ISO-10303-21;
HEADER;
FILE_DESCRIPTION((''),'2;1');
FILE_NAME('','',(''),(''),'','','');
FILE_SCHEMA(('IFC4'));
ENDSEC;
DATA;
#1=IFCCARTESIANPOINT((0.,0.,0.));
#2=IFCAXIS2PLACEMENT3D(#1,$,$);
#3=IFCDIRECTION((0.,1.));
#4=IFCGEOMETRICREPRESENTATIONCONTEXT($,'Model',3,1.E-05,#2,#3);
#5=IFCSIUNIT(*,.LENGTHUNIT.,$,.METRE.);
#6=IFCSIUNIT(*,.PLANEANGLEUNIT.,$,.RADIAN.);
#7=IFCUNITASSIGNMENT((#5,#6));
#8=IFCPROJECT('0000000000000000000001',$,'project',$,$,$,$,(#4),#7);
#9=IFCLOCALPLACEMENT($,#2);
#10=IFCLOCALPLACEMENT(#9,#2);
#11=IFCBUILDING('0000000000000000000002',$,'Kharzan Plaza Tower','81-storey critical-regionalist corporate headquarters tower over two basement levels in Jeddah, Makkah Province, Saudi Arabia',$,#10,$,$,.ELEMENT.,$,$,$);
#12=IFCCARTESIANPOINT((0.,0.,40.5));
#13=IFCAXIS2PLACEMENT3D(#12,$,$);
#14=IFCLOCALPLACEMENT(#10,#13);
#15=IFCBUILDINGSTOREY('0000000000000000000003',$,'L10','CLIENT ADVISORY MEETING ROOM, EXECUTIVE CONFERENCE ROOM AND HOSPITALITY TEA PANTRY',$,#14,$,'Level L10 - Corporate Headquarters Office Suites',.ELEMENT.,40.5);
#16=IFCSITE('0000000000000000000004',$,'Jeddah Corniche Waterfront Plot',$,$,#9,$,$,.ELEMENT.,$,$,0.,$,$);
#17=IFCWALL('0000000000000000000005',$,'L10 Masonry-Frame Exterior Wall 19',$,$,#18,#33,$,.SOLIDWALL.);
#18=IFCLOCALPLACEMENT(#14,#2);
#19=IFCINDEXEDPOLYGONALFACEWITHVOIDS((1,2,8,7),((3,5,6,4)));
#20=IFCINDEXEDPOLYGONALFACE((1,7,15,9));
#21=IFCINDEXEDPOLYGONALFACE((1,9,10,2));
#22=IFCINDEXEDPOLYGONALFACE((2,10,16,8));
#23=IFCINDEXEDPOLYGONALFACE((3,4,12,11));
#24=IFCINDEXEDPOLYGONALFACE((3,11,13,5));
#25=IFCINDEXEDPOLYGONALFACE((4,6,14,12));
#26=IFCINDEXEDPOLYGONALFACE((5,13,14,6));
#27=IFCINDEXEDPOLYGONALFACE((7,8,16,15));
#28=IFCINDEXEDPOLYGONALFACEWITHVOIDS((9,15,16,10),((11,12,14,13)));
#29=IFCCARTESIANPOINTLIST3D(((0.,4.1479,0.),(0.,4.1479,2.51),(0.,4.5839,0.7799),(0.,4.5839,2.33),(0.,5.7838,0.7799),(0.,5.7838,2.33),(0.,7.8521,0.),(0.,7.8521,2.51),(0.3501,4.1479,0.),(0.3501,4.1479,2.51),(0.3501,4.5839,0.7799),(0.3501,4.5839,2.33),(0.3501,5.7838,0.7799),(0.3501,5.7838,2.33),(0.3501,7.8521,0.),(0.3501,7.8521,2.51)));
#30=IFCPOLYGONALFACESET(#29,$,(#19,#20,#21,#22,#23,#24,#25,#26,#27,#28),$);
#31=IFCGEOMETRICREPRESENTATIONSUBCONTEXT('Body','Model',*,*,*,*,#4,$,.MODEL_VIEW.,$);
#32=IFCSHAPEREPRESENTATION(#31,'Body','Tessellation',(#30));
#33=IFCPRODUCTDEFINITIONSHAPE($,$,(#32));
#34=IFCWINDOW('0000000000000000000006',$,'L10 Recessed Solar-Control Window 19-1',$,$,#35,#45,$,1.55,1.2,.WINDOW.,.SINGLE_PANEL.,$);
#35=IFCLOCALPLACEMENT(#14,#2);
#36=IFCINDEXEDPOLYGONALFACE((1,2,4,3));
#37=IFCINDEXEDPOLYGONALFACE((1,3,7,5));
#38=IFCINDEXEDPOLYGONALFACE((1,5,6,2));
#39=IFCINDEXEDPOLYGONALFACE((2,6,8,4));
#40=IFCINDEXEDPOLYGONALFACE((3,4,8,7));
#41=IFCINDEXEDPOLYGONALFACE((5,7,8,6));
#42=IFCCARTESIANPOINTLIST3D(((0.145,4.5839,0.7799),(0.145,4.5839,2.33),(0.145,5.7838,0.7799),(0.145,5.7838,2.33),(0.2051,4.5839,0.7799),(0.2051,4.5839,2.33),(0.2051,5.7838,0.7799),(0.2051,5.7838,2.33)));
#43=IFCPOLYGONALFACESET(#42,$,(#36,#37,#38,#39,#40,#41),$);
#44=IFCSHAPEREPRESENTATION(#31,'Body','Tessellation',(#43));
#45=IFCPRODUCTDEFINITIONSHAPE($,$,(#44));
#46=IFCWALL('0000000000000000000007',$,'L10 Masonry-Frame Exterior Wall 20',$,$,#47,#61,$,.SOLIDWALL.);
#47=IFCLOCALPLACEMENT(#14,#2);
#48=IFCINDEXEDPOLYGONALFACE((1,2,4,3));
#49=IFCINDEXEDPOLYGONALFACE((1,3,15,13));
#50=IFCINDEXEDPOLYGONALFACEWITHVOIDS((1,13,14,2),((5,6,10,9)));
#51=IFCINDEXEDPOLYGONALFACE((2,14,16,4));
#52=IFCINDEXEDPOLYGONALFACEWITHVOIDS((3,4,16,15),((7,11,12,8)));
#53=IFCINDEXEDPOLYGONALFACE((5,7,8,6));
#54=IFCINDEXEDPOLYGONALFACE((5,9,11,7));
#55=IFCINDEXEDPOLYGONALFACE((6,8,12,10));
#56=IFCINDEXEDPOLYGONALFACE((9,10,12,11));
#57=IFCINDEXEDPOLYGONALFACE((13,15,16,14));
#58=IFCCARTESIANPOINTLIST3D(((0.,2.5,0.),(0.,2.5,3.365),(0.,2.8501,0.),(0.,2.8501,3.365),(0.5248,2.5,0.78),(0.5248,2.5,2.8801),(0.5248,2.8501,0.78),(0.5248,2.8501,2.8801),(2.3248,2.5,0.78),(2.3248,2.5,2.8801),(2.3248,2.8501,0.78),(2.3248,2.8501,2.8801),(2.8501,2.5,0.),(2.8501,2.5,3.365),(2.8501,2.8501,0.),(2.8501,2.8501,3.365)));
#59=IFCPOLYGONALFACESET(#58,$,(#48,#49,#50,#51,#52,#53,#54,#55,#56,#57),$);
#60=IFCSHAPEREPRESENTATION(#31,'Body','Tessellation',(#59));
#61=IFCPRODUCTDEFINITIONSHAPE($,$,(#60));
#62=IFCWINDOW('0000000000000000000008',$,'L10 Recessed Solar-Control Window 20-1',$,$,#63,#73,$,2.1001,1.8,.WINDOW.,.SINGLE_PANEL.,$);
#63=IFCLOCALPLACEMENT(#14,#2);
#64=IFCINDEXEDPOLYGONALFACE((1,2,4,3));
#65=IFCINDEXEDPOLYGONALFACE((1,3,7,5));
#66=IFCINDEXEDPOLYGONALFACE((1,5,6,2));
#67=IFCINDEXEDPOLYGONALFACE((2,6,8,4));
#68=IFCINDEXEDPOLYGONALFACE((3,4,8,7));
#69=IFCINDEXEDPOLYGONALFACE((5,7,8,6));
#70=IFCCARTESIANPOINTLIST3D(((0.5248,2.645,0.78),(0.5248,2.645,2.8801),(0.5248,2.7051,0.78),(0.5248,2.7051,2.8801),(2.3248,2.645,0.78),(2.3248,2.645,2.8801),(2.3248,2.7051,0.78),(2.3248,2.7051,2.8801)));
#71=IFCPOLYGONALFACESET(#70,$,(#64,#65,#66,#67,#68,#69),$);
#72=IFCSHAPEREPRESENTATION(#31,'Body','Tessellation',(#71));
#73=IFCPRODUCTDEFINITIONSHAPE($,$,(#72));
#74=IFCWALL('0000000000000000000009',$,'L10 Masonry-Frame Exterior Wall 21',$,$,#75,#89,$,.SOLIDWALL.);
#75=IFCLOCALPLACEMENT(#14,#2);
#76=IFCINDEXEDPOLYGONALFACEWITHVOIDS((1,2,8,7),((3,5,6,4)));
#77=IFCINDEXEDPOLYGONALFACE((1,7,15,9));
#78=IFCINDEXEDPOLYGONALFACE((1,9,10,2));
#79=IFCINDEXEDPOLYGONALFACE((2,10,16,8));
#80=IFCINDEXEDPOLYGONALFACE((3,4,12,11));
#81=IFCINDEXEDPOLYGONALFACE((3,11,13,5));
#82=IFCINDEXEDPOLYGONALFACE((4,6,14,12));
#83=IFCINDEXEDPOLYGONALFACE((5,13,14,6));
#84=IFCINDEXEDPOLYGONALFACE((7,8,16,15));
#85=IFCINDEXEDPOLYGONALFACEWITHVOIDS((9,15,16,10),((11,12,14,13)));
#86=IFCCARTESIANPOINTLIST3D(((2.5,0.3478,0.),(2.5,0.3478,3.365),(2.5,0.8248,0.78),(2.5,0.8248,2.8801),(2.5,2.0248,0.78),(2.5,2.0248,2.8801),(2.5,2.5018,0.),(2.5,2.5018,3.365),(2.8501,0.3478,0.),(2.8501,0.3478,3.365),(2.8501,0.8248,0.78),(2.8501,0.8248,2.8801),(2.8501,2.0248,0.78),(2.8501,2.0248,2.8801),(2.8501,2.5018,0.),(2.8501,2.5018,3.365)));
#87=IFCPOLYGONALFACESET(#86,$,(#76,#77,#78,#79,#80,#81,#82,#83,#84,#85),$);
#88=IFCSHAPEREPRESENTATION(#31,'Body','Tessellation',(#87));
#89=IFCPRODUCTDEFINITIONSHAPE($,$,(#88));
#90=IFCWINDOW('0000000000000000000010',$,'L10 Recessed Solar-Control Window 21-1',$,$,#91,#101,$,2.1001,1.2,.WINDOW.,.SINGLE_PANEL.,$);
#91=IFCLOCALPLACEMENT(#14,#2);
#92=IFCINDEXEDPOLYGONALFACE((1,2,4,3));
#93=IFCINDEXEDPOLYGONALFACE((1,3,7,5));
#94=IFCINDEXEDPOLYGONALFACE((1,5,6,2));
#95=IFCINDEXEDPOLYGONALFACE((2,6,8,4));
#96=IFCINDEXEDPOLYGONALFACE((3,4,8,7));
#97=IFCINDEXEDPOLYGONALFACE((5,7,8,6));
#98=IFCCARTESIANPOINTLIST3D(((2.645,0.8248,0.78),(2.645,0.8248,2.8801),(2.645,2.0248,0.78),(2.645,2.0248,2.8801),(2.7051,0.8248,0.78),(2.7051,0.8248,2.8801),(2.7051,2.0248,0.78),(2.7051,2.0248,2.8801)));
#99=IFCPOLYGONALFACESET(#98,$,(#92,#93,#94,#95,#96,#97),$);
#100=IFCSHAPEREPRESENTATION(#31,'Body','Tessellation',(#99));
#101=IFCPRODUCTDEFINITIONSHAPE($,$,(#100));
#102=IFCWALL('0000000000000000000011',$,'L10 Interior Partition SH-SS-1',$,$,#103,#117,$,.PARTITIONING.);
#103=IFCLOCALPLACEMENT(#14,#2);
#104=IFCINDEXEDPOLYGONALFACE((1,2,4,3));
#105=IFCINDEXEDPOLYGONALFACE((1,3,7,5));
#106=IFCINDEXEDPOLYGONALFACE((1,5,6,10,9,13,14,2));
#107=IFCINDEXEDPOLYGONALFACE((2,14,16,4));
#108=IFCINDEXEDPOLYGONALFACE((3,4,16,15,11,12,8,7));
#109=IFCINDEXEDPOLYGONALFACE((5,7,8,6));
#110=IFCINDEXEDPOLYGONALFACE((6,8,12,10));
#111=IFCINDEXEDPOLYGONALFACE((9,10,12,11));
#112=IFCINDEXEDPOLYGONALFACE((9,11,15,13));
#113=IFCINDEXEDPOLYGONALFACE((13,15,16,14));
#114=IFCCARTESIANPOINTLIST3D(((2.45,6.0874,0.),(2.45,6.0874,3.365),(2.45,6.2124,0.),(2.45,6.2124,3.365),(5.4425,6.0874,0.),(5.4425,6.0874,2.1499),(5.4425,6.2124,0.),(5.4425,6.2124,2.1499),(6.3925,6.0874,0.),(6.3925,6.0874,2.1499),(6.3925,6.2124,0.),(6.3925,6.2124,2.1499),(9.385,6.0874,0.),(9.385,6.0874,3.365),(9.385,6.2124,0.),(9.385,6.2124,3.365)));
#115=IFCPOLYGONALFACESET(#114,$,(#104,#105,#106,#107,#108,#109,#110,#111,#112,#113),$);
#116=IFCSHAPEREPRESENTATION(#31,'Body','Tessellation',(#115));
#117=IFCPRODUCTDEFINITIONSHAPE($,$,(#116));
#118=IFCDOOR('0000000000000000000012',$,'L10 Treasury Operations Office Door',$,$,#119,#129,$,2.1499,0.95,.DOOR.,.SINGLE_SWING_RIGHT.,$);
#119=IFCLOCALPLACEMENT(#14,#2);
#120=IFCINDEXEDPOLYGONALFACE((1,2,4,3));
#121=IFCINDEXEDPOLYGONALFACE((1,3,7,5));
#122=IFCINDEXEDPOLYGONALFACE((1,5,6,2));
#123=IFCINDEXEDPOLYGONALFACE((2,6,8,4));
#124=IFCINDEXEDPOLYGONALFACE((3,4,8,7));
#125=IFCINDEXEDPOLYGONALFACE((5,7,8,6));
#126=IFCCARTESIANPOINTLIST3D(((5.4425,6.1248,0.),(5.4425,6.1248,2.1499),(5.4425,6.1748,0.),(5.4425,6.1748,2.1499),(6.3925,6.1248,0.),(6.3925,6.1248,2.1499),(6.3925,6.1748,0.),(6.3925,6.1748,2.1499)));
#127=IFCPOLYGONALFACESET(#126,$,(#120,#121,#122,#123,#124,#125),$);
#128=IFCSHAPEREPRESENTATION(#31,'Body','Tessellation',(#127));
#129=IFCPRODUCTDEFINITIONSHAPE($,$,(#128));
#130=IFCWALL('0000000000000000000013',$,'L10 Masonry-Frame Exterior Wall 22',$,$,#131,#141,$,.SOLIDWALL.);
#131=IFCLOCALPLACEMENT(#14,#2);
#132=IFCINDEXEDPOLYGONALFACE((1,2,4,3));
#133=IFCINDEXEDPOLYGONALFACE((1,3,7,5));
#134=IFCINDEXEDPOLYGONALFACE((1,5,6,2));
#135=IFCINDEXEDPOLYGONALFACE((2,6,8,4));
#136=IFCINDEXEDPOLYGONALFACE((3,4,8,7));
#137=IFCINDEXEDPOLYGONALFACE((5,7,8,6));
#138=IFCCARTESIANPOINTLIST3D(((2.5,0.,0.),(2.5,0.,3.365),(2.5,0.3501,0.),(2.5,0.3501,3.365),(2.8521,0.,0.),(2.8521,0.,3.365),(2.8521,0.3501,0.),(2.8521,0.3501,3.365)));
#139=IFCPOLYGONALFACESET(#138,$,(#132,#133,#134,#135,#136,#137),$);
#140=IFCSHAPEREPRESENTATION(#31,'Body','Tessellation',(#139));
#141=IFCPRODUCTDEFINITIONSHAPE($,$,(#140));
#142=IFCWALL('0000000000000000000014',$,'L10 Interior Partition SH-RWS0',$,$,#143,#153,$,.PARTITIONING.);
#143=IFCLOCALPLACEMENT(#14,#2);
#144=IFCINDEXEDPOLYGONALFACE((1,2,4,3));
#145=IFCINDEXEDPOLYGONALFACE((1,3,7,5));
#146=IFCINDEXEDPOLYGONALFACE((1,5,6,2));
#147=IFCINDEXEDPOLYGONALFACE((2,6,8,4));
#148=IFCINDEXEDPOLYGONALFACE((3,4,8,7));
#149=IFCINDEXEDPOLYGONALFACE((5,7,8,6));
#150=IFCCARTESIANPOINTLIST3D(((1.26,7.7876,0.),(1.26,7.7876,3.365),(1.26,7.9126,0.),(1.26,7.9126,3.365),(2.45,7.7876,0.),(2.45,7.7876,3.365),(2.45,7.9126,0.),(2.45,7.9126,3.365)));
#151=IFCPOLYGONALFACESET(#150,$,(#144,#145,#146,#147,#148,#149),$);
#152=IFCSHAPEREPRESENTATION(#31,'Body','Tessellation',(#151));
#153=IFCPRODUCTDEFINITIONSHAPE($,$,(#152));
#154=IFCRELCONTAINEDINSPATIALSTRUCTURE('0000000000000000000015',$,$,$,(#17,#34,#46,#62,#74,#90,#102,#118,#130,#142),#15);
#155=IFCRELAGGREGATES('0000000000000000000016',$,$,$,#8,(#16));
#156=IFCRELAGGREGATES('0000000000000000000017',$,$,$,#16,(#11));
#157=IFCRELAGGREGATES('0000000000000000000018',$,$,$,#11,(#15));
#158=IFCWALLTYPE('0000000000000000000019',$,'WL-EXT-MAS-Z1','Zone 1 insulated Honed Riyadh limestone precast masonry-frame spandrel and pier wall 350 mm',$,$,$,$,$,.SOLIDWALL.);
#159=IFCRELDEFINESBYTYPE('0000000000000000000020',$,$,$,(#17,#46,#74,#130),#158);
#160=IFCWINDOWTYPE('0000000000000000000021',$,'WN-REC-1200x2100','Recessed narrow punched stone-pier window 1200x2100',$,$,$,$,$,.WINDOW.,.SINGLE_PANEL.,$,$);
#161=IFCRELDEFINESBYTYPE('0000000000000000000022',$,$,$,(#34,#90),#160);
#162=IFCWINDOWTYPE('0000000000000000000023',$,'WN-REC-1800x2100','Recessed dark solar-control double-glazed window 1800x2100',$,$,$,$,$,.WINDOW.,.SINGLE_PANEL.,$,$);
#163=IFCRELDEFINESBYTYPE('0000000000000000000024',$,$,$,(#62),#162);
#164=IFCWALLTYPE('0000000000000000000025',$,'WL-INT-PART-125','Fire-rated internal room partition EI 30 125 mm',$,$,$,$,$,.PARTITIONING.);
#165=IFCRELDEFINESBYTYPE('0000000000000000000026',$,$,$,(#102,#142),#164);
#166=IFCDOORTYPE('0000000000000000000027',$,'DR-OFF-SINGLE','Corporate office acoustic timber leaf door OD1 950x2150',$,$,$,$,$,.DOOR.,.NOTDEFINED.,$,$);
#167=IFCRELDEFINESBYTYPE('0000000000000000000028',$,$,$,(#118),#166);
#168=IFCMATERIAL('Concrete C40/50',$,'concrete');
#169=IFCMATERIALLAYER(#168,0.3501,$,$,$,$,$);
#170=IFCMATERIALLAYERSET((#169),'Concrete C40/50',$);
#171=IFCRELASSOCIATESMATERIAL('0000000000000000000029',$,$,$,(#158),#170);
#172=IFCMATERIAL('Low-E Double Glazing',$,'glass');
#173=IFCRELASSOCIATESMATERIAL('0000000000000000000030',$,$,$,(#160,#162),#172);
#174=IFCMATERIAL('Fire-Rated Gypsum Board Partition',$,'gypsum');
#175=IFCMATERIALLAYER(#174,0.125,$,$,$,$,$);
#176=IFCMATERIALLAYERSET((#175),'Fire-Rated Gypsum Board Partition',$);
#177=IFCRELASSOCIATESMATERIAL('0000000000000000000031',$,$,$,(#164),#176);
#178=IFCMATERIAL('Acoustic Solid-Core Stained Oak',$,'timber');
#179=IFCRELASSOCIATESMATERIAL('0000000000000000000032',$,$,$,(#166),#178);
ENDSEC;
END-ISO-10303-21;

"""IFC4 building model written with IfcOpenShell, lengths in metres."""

from ifc_helpers import new_model, si_unit, direction, frame, frame_2d, origin, place, context, subcontext, project, spatial, rectangle, extrude, source, transform, mapped, material, layer, layer_set, type_object, element, fill, save


model = new_model("IFC4")

# Units and contexts
model_context = context("Model", 3, precision=1e-05, world=origin(), true_north=direction((0.0, 1.0)))
body_context = subcontext(model_context, "Body", "Model", "MODEL_VIEW")
ifc_project = project(units=[si_unit("LENGTHUNIT", "METRE"), si_unit("PLANEANGLEUNIT", "RADIAN")], contexts=[model_context])

# Site, building, storey
site_placement = place(None, origin())
site = spatial("IfcSite", under=ifc_project, at=site_placement, Name="Jeddah Corniche Waterfront Plot", CompositionType="ELEMENT", RefElevation=0.0)
building_placement = place(site_placement, origin())
building = spatial("IfcBuilding", under=site, at=building_placement, Name="Kharzan Plaza Tower", Description="81-storey critical-regionalist corporate headquarters tower over two basement levels in Jeddah, Makkah Province, Saudi Arabia", CompositionType="ELEMENT")
storey_placement = place(building_placement, frame((0.0, 0.0, 40.5)))
storey = spatial("IfcBuildingStorey", under=building, at=storey_placement, Name="L10", Description="CLIENT ADVISORY MEETING ROOM, EXECUTIVE CONFERENCE ROOM AND HOSPITALITY TEA PANTRY", LongName="Level L10 - Corporate Headquarters Office Suites", CompositionType="ELEMENT", Elevation=40.5)

# Shared definitions
ifc_material_1 = material(Name="Concrete C40/50", Category="concrete")

# Walls, openings, windows
ifc_layer_1 = layer(ifc_material_1, 0.3501)
ifc_layer_set_1 = layer_set([ifc_layer_1], Name="Concrete C40/50")
wall_type_1 = type_object("IfcWallType", Name="WL-EXT-MAS-Z1", Description="Zone 1 insulated Honed Riyadh limestone precast masonry-frame spandrel and pier wall 350 mm", PredefinedType="SOLIDWALL", material=ifc_layer_set_1)
wall_1_placement = place(storey_placement, frame((0.175, 7.8521, 0.0), z_axis=(0.0, 0.0, 1.0), x_axis=(0.0, -1.0, 0.0)))
wall_1 = element("IfcWall", 1, at=wall_1_placement, inside=storey, type_object=wall_type_1, Name="L10 Masonry-Frame Exterior Wall 19", PredefinedType="SOLIDWALL", context=body_context, shape_type="SweptSolid", body=[
    extrude(rectangle(XDim=3.7041, YDim=0.3501, at=frame_2d((1.8521, 0.0))), origin(), (0.0, 0.0, 1.0), 2.51),
])
opening_1_placement = place(wall_1_placement, frame((2.0681, 0.0, 0.78)))
opening_1 = element("IfcOpeningElement", 2, at=opening_1_placement, cuts=wall_1, PredefinedType="OPENING", context=body_context, shape_type="SweptSolid", body=[
    extrude(rectangle(XDim=1.2, YDim=1.55, at=frame_2d((0.6001, 0.7749))), frame((0.0, 0.1851, 0.0), z_axis=(0.0, -1.0, 0.0), x_axis=(1.0, 0.0, 0.0)), (0.0, 0.0, 1.0), 0.3701),
])
ifc_material_2 = material(Name="Low-E Double Glazing", Category="glass")
window_type_1 = type_object("IfcWindowType", Name="WN-REC-1200x2100", Description="Recessed narrow punched stone-pier window 1200x2100", PartitioningType="SINGLE_PANEL", PredefinedType="WINDOW", material=ifc_material_2)
shared_shape_1 = source(origin(), body_context, "Body", "SweptSolid", [
    extrude(rectangle(XDim=1.2, YDim=1.55, at=frame_2d((0.6001, 0.7749))), frame((0.0, 0.03, 0.0), z_axis=(0.0, -1.0, 0.0), x_axis=(1.0, 0.0, 0.0)), (0.0, 0.0, 1.0), 0.0601),
])
window_1_placement = place(opening_1_placement, origin())
window_1 = element("IfcWindow", 3, at=window_1_placement, inside=storey, type_object=window_type_1, Name="L10 Recessed Solar-Control Window 19-1", OverallHeight=1.55, OverallWidth=1.2, PartitioningType="SINGLE_PANEL", PredefinedType="WINDOW", context=body_context, shape_type="MappedRepresentation", body=[
    mapped(shared_shape_1, transform((0.0, 0.0, 0.0), x_axis=(1.0, 0.0, 0.0), y_axis=(0.0, 1.0, 0.0), z_axis=(0.0, 0.0, 1.0))),
])
fill(opening_1, window_1)
wall_2_placement = place(storey_placement, frame((0.0, 2.675, 0.0), z_axis=(0.0, 0.0, 1.0), x_axis=(1.0, 0.0, 0.0)))
wall_2 = element("IfcWall", 4, at=wall_2_placement, inside=storey, type_object=wall_type_1, Name="L10 Masonry-Frame Exterior Wall 20", PredefinedType="SOLIDWALL", context=body_context, shape_type="SweptSolid", body=[
    extrude(rectangle(XDim=2.8501, YDim=0.3501, at=frame_2d((1.425, 0.0))), origin(), (0.0, 0.0, 1.0), 3.365),
])
opening_2_placement = place(wall_2_placement, frame((0.5249, 0.0, 0.78)))
opening_2 = element("IfcOpeningElement", 5, at=opening_2_placement, cuts=wall_2, PredefinedType="OPENING", context=body_context, shape_type="SweptSolid", body=[
    extrude(rectangle(XDim=1.8, YDim=2.1001, at=frame_2d((0.8999, 1.05))), frame((0.0, 0.1851, 0.0), z_axis=(0.0, -1.0, 0.0), x_axis=(1.0, 0.0, 0.0)), (0.0, 0.0, 1.0), 0.3701),
])
window_type_2 = type_object("IfcWindowType", Name="WN-REC-1800x2100", Description="Recessed dark solar-control double-glazed window 1800x2100", PartitioningType="SINGLE_PANEL", PredefinedType="WINDOW", material=ifc_material_2)
shared_shape_2 = source(origin(), body_context, "Body", "SweptSolid", [
    extrude(rectangle(XDim=1.8, YDim=2.1001, at=frame_2d((0.8999, 1.05))), frame((0.0, 0.03, 0.0), z_axis=(0.0, -1.0, 0.0), x_axis=(1.0, 0.0, 0.0)), (0.0, 0.0, 1.0), 0.0601),
])
window_2_placement = place(opening_2_placement, origin())
window_2 = element("IfcWindow", 6, at=window_2_placement, inside=storey, type_object=window_type_2, Name="L10 Recessed Solar-Control Window 20-1", OverallHeight=2.1001, OverallWidth=1.8, PartitioningType="SINGLE_PANEL", PredefinedType="WINDOW", context=body_context, shape_type="MappedRepresentation", body=[
    mapped(shared_shape_2, transform((0.0, 0.0, 0.0), x_axis=(1.0, 0.0, 0.0), y_axis=(0.0, 1.0, 0.0), z_axis=(0.0, 0.0, 1.0))),
])
fill(opening_2, window_2)
wall_3_placement = place(storey_placement, frame((2.675, 2.502, 0.0), z_axis=(0.0, 0.0, 1.0), x_axis=(0.0, -1.0, 0.0)))
wall_3 = element("IfcWall", 7, at=wall_3_placement, inside=storey, type_object=wall_type_1, Name="L10 Masonry-Frame Exterior Wall 21", PredefinedType="SOLIDWALL", context=body_context, shape_type="SweptSolid", body=[
    extrude(rectangle(XDim=2.1541, YDim=0.3501, at=frame_2d((1.0771, 0.0))), origin(), (0.0, 0.0, 1.0), 3.365),
])
opening_3_placement = place(wall_3_placement, frame((0.4771, 0.0, 0.78)))
opening_3 = element("IfcOpeningElement", 8, at=opening_3_placement, cuts=wall_3, PredefinedType="OPENING", context=body_context, shape_type="SweptSolid", body=[
    extrude(rectangle(XDim=1.2, YDim=2.1001, at=frame_2d((0.6001, 1.05))), frame((0.0, 0.1851, 0.0), z_axis=(0.0, -1.0, 0.0), x_axis=(1.0, 0.0, 0.0)), (0.0, 0.0, 1.0), 0.3701),
])
shared_shape_3 = source(origin(), body_context, "Body", "SweptSolid", [
    extrude(rectangle(XDim=1.2, YDim=2.1001, at=frame_2d((0.6001, 1.05))), frame((0.0, 0.03, 0.0), z_axis=(0.0, -1.0, 0.0), x_axis=(1.0, 0.0, 0.0)), (0.0, 0.0, 1.0), 0.0601),
])
window_3_placement = place(opening_3_placement, origin())
window_3 = element("IfcWindow", 9, at=window_3_placement, inside=storey, type_object=window_type_1, Name="L10 Recessed Solar-Control Window 21-1", OverallHeight=2.1001, OverallWidth=1.2, PartitioningType="SINGLE_PANEL", PredefinedType="WINDOW", context=body_context, shape_type="MappedRepresentation", body=[
    mapped(shared_shape_3, transform((0.0, 0.0, 0.0), x_axis=(1.0, 0.0, 0.0), y_axis=(0.0, 1.0, 0.0), z_axis=(0.0, 0.0, 1.0))),
])
fill(opening_3, window_3)

# Wall, opening, door
ifc_material_3 = material(Name="Fire-Rated Gypsum Board Partition", Category="gypsum")
ifc_layer_2 = layer(ifc_material_3, 0.125)
ifc_layer_set_2 = layer_set([ifc_layer_2], Name="Fire-Rated Gypsum Board Partition")
wall_type_2 = type_object("IfcWallType", Name="WL-INT-PART-125", Description="Fire-rated internal room partition EI 30 125 mm", PredefinedType="PARTITIONING", material=ifc_layer_set_2)
ifc_material_4 = material(Name="Acoustic Solid-Core Stained Oak", Category="timber")
door_type = type_object("IfcDoorType", Name="DR-OFF-SINGLE", Description="Corporate office acoustic timber leaf door OD1 950x2150", OperationType="NOTDEFINED", PredefinedType="DOOR", material=ifc_material_4)
shared_shape_4 = source(origin(), body_context, "Body", "SweptSolid", [
    extrude(rectangle(XDim=0.95, YDim=2.1499, at=frame_2d((0.4751, 1.075))), frame((0.0, 0.0249, 0.0), z_axis=(0.0, -1.0, 0.0), x_axis=(1.0, 0.0, 0.0)), (0.0, 0.0, 1.0), 0.05),
])
wall_4_placement = place(storey_placement, frame((2.45, 6.1499, 0.0), z_axis=(0.0, 0.0, 1.0), x_axis=(1.0, 0.0, 0.0)))
wall_4 = element("IfcWall", 10, at=wall_4_placement, inside=storey, type_object=wall_type_2, Name="L10 Interior Partition SH-SS-1", PredefinedType="PARTITIONING", context=body_context, shape_type="SweptSolid", body=[
    extrude(rectangle(XDim=6.9351, YDim=0.125, at=frame_2d((3.4675, 0.0))), origin(), (0.0, 0.0, 1.0), 3.365),
])
opening_4_placement = place(wall_4_placement, frame((2.9924, 0.0, 0.0)))
opening_4 = element("IfcOpeningElement", 11, at=opening_4_placement, cuts=wall_4, PredefinedType="OPENING", context=body_context, shape_type="SweptSolid", body=[
    extrude(rectangle(XDim=0.95, YDim=2.1499, at=frame_2d((0.4751, 1.075))), frame((0.0, 0.0725, 0.0), z_axis=(0.0, -1.0, 0.0), x_axis=(1.0, 0.0, 0.0)), (0.0, 0.0, 1.0), 0.145),
])
door_1_placement = place(opening_4_placement, origin())
door_1 = element("IfcDoor", 12, at=door_1_placement, inside=storey, type_object=door_type, Name="L10 Treasury Operations Office Door", OperationType="SINGLE_SWING_RIGHT", OverallHeight=2.1499, OverallWidth=0.95, PredefinedType="DOOR", context=body_context, shape_type="MappedRepresentation", body=[
    mapped(shared_shape_4, transform((0.0, 0.0, 0.0), x_axis=(1.0, 0.0, 0.0), y_axis=(0.0, 1.0, 0.0), z_axis=(0.0, 0.0, 1.0))),
])
fill(opening_4, door_1)

# Walls
shared_shape_5 = source(origin(), body_context, "Body", "SweptSolid", [
    extrude(rectangle(XDim=0.3521, YDim=0.3501, at=frame_2d((0.176, 0.0))), origin(), (0.0, 0.0, 1.0), 3.365),
])
wall_5_placement = place(storey_placement, frame((2.5, 0.175, 0.0), z_axis=(0.0, 0.0, 1.0), x_axis=(1.0, 0.0, 0.0)))
element("IfcWall", 13, at=wall_5_placement, inside=storey, type_object=wall_type_1, Name="L10 Masonry-Frame Exterior Wall 22", PredefinedType="SOLIDWALL", context=body_context, shape_type="MappedRepresentation", body=[
    mapped(shared_shape_5, transform((0.0, 0.0, 0.0), x_axis=(1.0, 0.0, 0.0), y_axis=(0.0, 1.0, 0.0), z_axis=(0.0, 0.0, 1.0))),
])
shared_shape_6 = source(origin(), body_context, "Body", "SweptSolid", [
    extrude(rectangle(XDim=1.1899, YDim=0.125, at=frame_2d((0.595, 0.0))), origin(), (0.0, 0.0, 1.0), 3.365),
])
wall_6_placement = place(storey_placement, frame((1.26, 7.8501, 0.0), z_axis=(0.0, 0.0, 1.0), x_axis=(1.0, 0.0, 0.0)))
element("IfcWall", 14, at=wall_6_placement, inside=storey, type_object=wall_type_2, Name="L10 Interior Partition SH-RWS0", PredefinedType="PARTITIONING", context=body_context, shape_type="MappedRepresentation", body=[
    mapped(shared_shape_6, transform((0.0, 0.0, 0.0), x_axis=(1.0, 0.0, 0.0), y_axis=(0.0, 1.0, 0.0), z_axis=(0.0, 0.0, 1.0))),
])

save(model, "model.ifc")
